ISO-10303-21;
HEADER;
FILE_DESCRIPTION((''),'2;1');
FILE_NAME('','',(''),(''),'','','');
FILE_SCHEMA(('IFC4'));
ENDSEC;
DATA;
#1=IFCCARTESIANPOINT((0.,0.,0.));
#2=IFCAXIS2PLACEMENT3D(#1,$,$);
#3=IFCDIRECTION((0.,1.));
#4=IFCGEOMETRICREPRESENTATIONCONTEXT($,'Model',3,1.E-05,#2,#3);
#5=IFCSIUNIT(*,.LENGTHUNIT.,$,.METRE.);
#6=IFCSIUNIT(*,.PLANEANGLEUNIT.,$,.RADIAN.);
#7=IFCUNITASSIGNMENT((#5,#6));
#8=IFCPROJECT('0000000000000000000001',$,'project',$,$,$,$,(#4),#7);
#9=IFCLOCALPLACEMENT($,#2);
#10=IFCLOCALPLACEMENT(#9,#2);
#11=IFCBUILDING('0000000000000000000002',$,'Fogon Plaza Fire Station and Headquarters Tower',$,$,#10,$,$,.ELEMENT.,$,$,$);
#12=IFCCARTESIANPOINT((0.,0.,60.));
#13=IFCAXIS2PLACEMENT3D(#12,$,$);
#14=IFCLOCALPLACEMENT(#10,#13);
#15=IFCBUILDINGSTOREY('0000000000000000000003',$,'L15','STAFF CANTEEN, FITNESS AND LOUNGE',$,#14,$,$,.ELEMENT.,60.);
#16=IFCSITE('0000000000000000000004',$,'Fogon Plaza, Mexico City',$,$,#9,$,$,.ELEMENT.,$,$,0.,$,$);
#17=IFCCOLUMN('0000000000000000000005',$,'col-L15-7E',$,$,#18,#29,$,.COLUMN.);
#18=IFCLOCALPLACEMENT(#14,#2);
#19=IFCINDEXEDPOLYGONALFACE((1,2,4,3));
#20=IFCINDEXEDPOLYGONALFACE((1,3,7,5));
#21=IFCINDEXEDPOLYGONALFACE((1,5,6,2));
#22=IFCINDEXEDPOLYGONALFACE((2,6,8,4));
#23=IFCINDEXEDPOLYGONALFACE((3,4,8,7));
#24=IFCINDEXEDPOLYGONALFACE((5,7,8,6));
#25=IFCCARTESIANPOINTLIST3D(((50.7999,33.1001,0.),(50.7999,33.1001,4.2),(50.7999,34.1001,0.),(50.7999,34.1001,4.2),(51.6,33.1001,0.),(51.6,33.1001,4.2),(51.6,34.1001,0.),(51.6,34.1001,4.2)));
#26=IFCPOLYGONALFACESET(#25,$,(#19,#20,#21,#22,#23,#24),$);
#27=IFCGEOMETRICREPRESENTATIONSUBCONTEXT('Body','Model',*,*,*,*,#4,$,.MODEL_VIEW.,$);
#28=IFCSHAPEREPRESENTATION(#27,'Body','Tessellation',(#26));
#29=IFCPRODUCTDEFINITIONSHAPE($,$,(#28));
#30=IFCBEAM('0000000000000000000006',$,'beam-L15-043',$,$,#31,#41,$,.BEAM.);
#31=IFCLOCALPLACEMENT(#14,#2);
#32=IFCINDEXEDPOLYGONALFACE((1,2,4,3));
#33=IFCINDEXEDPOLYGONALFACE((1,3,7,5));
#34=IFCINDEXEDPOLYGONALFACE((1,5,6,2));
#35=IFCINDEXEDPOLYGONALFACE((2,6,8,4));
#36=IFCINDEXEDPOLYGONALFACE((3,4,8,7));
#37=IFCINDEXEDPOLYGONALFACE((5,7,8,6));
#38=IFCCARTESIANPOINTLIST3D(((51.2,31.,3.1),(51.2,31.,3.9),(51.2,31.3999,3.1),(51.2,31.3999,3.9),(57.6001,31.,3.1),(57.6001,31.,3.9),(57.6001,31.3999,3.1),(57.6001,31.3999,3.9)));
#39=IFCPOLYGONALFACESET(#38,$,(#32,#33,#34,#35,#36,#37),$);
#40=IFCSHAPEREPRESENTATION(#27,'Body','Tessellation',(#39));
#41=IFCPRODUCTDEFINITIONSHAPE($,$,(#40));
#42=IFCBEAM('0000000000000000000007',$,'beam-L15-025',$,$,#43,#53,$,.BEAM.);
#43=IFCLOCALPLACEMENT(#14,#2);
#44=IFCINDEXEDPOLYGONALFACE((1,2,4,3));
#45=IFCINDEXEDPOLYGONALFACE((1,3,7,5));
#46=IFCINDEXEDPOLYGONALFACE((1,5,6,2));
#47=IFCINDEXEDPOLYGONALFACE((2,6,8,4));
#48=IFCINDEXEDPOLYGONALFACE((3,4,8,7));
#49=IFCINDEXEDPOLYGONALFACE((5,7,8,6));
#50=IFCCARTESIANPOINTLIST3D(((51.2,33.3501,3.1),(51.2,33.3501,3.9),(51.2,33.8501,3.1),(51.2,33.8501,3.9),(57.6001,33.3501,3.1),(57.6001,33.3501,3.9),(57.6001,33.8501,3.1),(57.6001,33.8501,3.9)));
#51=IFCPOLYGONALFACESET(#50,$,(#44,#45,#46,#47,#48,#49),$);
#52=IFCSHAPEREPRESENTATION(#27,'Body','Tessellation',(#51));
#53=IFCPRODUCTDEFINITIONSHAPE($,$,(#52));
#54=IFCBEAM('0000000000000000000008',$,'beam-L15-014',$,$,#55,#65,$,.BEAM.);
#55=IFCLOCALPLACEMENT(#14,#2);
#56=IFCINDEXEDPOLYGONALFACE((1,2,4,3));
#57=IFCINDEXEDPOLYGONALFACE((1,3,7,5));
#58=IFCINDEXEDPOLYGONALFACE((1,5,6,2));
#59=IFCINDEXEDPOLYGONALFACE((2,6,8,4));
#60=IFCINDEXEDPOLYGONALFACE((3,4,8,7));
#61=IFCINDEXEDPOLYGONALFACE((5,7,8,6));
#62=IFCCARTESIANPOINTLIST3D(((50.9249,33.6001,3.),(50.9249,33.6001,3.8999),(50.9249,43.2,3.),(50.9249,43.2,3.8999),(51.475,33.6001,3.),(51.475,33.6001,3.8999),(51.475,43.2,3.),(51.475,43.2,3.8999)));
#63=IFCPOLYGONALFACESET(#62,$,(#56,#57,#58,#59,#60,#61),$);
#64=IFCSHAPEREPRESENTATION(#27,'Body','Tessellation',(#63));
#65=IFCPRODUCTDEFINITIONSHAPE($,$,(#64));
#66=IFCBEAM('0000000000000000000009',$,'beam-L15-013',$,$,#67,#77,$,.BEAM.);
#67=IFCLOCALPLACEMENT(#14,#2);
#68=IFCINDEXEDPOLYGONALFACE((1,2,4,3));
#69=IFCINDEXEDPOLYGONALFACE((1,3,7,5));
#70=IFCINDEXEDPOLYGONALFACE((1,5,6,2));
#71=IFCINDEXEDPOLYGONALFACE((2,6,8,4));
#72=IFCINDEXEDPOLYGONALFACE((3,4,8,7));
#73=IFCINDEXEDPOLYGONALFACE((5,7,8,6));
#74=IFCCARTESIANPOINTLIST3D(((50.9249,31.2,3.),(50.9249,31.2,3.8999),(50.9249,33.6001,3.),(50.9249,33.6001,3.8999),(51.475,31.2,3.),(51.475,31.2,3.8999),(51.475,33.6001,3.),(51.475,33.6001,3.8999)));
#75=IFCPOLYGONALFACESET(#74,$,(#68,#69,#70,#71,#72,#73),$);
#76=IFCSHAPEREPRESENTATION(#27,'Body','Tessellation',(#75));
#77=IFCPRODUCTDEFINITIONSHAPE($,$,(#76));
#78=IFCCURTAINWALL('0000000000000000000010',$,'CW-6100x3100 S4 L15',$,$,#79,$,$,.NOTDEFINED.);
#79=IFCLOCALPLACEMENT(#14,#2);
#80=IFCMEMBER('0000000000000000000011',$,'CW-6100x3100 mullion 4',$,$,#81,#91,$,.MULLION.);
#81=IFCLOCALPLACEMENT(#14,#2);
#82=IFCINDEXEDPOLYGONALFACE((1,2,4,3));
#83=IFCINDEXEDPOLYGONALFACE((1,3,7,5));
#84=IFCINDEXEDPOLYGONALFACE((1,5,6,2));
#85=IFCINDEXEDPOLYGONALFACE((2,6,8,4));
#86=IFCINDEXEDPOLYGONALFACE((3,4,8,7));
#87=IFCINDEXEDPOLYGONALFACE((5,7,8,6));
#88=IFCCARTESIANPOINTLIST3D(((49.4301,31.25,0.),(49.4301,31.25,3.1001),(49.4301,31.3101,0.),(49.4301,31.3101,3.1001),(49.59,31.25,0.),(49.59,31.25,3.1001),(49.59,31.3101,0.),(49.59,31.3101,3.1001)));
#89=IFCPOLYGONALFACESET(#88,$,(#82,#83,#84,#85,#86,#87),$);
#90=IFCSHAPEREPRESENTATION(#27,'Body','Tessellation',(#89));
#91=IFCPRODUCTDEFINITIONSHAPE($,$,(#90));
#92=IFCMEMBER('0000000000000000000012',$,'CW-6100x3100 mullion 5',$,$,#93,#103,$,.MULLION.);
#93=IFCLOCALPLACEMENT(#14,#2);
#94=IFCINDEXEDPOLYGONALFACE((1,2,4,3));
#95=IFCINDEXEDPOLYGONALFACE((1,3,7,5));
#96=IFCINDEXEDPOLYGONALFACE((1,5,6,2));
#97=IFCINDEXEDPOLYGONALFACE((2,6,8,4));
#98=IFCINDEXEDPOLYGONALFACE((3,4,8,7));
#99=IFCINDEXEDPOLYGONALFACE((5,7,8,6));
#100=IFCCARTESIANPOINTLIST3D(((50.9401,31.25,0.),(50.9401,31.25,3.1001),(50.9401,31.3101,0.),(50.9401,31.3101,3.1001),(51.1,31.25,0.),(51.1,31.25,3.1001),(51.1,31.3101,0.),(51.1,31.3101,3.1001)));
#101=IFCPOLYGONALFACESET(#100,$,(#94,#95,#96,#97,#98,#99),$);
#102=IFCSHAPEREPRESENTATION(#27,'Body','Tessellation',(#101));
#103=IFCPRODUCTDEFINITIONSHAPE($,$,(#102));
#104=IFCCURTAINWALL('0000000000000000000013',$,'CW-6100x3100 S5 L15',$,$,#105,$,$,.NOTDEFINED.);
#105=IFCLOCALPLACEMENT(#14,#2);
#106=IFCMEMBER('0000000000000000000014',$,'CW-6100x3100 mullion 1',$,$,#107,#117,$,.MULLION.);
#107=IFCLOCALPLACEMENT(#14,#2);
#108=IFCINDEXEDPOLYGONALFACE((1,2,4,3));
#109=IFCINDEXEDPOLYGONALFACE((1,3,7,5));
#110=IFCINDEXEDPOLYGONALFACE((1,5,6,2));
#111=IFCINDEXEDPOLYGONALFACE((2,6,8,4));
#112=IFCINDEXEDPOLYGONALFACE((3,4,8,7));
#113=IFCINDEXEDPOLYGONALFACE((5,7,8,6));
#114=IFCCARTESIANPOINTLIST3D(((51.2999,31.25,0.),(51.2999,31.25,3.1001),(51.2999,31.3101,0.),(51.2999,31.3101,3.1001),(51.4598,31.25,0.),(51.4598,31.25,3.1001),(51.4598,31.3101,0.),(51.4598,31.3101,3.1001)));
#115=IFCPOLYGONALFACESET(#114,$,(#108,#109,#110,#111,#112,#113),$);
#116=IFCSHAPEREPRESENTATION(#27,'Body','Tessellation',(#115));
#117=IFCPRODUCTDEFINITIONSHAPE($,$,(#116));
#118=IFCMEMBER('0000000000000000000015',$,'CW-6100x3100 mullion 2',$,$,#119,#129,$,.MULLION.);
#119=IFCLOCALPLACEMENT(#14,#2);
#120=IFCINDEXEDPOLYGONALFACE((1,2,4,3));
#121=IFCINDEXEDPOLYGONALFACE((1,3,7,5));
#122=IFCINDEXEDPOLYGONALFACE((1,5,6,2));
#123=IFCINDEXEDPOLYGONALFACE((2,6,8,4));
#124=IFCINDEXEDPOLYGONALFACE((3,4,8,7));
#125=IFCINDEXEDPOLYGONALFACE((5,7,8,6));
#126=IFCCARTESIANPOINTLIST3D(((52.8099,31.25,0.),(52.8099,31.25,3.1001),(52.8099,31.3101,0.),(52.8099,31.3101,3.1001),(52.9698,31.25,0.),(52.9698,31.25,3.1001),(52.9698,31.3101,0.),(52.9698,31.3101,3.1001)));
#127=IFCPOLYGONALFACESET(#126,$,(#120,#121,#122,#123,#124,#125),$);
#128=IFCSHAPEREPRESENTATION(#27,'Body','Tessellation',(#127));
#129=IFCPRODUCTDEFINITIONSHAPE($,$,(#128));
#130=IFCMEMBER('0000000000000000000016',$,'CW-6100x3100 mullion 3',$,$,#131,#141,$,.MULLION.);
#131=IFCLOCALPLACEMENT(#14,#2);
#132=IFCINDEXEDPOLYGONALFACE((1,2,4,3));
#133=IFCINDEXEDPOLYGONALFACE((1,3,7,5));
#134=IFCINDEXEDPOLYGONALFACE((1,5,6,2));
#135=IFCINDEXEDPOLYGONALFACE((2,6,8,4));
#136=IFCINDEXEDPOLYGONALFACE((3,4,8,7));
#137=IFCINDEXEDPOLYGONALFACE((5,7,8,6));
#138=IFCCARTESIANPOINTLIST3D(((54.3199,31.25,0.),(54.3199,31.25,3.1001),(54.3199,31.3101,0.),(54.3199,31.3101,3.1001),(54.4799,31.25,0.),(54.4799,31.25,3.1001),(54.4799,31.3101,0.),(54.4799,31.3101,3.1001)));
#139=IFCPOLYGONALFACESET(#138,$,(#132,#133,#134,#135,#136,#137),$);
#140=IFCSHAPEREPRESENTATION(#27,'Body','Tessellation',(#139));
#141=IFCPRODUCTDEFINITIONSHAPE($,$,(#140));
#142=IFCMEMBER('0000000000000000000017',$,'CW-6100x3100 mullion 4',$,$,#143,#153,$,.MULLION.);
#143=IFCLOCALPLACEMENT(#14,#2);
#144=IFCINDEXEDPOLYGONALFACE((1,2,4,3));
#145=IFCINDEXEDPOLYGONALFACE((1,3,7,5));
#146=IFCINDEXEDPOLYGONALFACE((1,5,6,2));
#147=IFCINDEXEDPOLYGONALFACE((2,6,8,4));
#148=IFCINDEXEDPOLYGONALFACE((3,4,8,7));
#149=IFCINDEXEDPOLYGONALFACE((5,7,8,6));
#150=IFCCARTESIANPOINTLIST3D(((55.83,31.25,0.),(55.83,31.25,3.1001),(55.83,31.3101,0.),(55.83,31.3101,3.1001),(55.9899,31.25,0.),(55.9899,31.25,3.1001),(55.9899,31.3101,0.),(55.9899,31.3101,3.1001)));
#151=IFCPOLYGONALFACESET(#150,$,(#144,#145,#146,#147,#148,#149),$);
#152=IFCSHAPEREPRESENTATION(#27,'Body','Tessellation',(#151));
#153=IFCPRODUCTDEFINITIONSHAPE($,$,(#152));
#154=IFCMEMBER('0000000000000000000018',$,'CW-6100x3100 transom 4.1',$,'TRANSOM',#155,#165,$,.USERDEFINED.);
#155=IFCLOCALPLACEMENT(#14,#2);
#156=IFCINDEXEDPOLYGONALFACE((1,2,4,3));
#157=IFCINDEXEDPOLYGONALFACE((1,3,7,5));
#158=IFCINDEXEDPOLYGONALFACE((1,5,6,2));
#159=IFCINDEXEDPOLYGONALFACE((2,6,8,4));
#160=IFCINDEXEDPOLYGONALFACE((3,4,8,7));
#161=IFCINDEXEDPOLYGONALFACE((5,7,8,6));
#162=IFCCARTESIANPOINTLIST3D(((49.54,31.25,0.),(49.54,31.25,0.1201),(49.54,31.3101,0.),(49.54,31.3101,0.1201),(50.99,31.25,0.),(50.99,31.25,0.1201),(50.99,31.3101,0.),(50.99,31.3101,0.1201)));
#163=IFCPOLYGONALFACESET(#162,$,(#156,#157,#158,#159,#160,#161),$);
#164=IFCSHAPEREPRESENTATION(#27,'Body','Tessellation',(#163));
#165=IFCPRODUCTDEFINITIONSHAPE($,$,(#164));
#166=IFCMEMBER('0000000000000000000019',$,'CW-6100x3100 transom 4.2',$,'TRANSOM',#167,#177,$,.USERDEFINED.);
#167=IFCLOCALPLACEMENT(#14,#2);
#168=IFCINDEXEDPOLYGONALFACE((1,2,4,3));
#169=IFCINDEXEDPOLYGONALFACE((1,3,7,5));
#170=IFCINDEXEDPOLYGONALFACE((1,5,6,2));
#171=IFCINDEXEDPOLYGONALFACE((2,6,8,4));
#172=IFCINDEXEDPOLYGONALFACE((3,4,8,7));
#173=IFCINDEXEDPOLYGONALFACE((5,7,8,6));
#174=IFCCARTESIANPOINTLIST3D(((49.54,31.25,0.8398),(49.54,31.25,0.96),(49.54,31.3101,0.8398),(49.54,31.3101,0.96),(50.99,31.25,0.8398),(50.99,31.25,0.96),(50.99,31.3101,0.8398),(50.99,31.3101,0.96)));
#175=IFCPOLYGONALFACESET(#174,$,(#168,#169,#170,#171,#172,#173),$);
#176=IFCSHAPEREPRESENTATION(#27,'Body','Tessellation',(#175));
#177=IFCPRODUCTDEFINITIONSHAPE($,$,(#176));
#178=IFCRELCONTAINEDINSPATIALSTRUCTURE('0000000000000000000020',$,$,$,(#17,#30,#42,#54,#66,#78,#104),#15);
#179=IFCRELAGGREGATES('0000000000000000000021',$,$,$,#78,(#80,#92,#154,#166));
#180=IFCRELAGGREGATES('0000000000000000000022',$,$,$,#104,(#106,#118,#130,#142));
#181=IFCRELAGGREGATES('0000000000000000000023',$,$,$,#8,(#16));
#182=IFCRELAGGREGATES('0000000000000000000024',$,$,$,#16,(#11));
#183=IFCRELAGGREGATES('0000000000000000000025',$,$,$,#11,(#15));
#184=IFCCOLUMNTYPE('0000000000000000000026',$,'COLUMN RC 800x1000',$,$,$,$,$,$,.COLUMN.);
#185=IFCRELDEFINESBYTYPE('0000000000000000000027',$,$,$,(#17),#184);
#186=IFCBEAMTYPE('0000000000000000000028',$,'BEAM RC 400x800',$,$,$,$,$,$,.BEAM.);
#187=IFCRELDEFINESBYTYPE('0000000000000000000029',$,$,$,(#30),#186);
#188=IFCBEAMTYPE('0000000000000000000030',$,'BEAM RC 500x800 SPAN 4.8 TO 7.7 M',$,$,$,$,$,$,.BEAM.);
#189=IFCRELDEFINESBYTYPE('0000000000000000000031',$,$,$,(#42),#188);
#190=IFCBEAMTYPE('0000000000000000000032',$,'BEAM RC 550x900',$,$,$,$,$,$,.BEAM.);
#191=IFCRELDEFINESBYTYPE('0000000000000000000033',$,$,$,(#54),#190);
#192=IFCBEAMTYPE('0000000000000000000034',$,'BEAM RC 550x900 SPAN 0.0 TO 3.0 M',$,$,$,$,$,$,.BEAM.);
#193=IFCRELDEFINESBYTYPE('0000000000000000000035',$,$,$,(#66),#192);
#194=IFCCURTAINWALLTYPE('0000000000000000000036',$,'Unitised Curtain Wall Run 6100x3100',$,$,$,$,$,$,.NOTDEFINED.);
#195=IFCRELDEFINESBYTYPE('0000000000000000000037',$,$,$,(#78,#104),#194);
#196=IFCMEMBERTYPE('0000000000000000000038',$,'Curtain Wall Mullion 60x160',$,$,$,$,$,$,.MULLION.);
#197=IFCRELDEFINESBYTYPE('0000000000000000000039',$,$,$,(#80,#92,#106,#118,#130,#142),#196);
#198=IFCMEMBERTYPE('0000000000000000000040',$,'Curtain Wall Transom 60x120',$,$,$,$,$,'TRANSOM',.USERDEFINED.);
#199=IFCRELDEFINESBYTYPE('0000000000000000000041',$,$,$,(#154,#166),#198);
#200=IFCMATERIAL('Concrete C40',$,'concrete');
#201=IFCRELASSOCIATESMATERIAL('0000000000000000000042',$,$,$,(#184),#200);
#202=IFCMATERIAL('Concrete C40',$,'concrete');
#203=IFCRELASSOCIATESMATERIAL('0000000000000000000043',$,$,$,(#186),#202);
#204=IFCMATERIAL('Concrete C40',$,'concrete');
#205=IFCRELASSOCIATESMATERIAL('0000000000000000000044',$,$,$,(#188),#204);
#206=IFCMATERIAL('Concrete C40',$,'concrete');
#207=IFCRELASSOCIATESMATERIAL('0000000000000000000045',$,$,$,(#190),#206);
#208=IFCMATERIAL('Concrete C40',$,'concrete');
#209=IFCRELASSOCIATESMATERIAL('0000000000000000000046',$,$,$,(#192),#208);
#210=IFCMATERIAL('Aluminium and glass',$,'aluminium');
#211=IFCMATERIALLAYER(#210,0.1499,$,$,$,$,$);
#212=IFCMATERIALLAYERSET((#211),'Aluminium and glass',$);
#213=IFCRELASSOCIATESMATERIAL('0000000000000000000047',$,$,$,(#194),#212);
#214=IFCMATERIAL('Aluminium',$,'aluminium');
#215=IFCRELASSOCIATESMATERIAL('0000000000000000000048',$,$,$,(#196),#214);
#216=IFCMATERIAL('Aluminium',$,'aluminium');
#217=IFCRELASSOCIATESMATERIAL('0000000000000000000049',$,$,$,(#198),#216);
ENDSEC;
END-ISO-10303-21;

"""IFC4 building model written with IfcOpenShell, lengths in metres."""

from ifc_helpers import new_model, si_unit, direction, frame, origin, origin_2d, place, context, subcontext, project, spatial, rectangle, extrude, material, layer, layer_set, material_profile, profile_set, type_object, element, aggregate, save


model = new_model("IFC4")

# Units and contexts
model_context = context("Model", 3, precision=1e-05, world=origin(), true_north=direction((0.0, 1.0)))
body_context = subcontext(model_context, "Body", "Model", "MODEL_VIEW")
ifc_project = project(units=[si_unit("LENGTHUNIT", "METRE"), si_unit("PLANEANGLEUNIT", "RADIAN")], contexts=[model_context])

# Site, building, storey
site_placement = place(None, origin())
site = spatial("IfcSite", under=ifc_project, at=site_placement, Name="Fogon Plaza, Mexico City", CompositionType="ELEMENT", RefElevation=0.0)
building_placement = place(site_placement, origin())
building = spatial("IfcBuilding", under=site, at=building_placement, Name="Fogon Plaza Fire Station and Headquarters Tower", CompositionType="ELEMENT")
storey_placement = place(building_placement, frame((0.0, 0.0, 60.0)))
storey = spatial("IfcBuildingStorey", under=building, at=storey_placement, Name="L15", Description="STAFF CANTEEN, FITNESS AND LOUNGE", CompositionType="ELEMENT", Elevation=60.0)

# Column
ifc_material_1 = material(Name="Concrete C40", Category="concrete")
ifc_material_profile_1 = material_profile(ifc_material_1, rectangle(XDim=0.8, YDim=1.0, at=origin_2d()), Name="RC 800x1000")
ifc_profile_set_1 = profile_set([ifc_material_profile_1], Name="Concrete C40")
column_type = type_object("IfcColumnType", Name="COLUMN RC 800x1000", PredefinedType="COLUMN", material=ifc_profile_set_1)
column_placement = place(storey_placement, frame((51.2, 33.6001, 0.0), z_axis=(0.0, 0.0, 1.0), x_axis=(1.0, 0.0, 0.0)))
element("IfcColumn", 1, at=column_placement, inside=storey, type_object=column_type, Name="col-L15-7E", PredefinedType="COLUMN", context=body_context, shape_type="SweptSolid", body=[
    extrude(rectangle(XDim=0.8, YDim=1.0, at=origin_2d()), origin(), (0.0, 0.0, 1.0), 4.2),
])

# Beams
ifc_material_2 = material(Name="Concrete C40", Category="concrete")
ifc_material_profile_2 = material_profile(ifc_material_2, rectangle(XDim=0.3999, YDim=0.8, at=origin_2d()), Name="RC 400x800")
ifc_profile_set_2 = profile_set([ifc_material_profile_2], Name="Concrete C40")
beam_type_1 = type_object("IfcBeamType", Name="BEAM RC 400x800", PredefinedType="BEAM", material=ifc_profile_set_2)
beam_1_placement = place(storey_placement, frame((51.2, 31.2, 3.5), z_axis=(1.0, 0.0, 0.0), x_axis=(0.0, 1.0, 0.0)))
element("IfcBeam", 2, at=beam_1_placement, inside=storey, type_object=beam_type_1, Name="beam-L15-043", PredefinedType="BEAM", context=body_context, shape_type="SweptSolid", body=[
    extrude(rectangle(XDim=0.3999, YDim=0.8, at=origin_2d()), origin(), (0.0, 0.0, 1.0), 6.4001),
])
ifc_material_3 = material(Name="Concrete C40", Category="concrete")
ifc_material_profile_3 = material_profile(ifc_material_3, rectangle(XDim=0.5, YDim=0.8, at=origin_2d()), Name="RC 500x800")
ifc_profile_set_3 = profile_set([ifc_material_profile_3], Name="Concrete C40")
beam_type_2 = type_object("IfcBeamType", Name="BEAM RC 500x800 SPAN 4.8 TO 7.7 M", PredefinedType="BEAM", material=ifc_profile_set_3)
beam_2_placement = place(storey_placement, frame((51.2, 33.6001, 3.5), z_axis=(1.0, 0.0, 0.0), x_axis=(0.0, 1.0, 0.0)))
element("IfcBeam", 3, at=beam_2_placement, inside=storey, type_object=beam_type_2, Name="beam-L15-025", PredefinedType="BEAM", context=body_context, shape_type="SweptSolid", body=[
    extrude(rectangle(XDim=0.5, YDim=0.8, at=origin_2d()), origin(), (0.0, 0.0, 1.0), 6.4001),
])
ifc_material_4 = material(Name="Concrete C40", Category="concrete")
ifc_material_profile_4 = material_profile(ifc_material_4, rectangle(XDim=0.55, YDim=0.8999, at=origin_2d()), Name="RC 550x900")
ifc_profile_set_4 = profile_set([ifc_material_profile_4], Name="Concrete C40")
beam_type_3 = type_object("IfcBeamType", Name="BEAM RC 550x900", PredefinedType="BEAM", material=ifc_profile_set_4)
beam_3_placement = place(storey_placement, frame((51.2, 33.6001, 3.45), z_axis=(0.0, 1.0, 0.0), x_axis=(-1.0, 0.0, 0.0)))
element("IfcBeam", 4, at=beam_3_placement, inside=storey, type_object=beam_type_3, Name="beam-L15-014", PredefinedType="BEAM", context=body_context, shape_type="SweptSolid", body=[
    extrude(rectangle(XDim=0.55, YDim=0.8999, at=origin_2d()), origin(), (0.0, 0.0, 1.0), 9.5999),
])
ifc_material_5 = material(Name="Concrete C40", Category="concrete")
ifc_material_profile_5 = material_profile(ifc_material_5, rectangle(XDim=0.55, YDim=0.8999, at=origin_2d()), Name="RC 550x900")
ifc_profile_set_5 = profile_set([ifc_material_profile_5], Name="Concrete C40")
beam_type_4 = type_object("IfcBeamType", Name="BEAM RC 550x900 SPAN 0.0 TO 3.0 M", PredefinedType="BEAM", material=ifc_profile_set_5)
beam_4_placement = place(storey_placement, frame((51.2, 31.2, 3.45), z_axis=(0.0, 1.0, 0.0), x_axis=(-1.0, 0.0, 0.0)))
element("IfcBeam", 5, at=beam_4_placement, inside=storey, type_object=beam_type_4, Name="beam-L15-013", PredefinedType="BEAM", context=body_context, shape_type="SweptSolid", body=[
    extrude(rectangle(XDim=0.55, YDim=0.8999, at=origin_2d()), origin(), (0.0, 0.0, 1.0), 2.4001),
])

# Curtain walls, members
ifc_material_6 = material(Name="Aluminium and glass", Category="aluminium")
ifc_layer_1 = layer(ifc_material_6, 0.1499)
ifc_layer_set_1 = layer_set([ifc_layer_1], Name="Aluminium and glass")
curtain_wall_type = type_object("IfcCurtainWallType", Name="Unitised Curtain Wall Run 6100x3100", PredefinedType="NOTDEFINED", material=ifc_layer_set_1)
curtain_wall_1_placement = place(storey_placement, origin())
curtain_wall_1 = element("IfcCurtainWall", 6, at=curtain_wall_1_placement, inside=storey, type_object=curtain_wall_type, Name="CW-6100x3100 S4 L15", PredefinedType="NOTDEFINED")
ifc_material_7 = material(Name="Aluminium", Category="aluminium")
ifc_material_profile_6 = material_profile(ifc_material_7, rectangle(XDim=0.0601, YDim=0.1599, at=origin_2d()), Name="Curtain Wall Mullion 60x160")
ifc_profile_set_6 = profile_set([ifc_material_profile_6], Name="Aluminium")
member_type_1 = type_object("IfcMemberType", Name="Curtain Wall Mullion 60x160", PredefinedType="MULLION", material=ifc_profile_set_6)
member_1_placement = place(storey_placement, frame((49.51, 31.28, 0.0), z_axis=(0.0, 0.0, 1.0), x_axis=(0.0, 1.0, 0.0)))
member_1 = element("IfcMember", 7, at=member_1_placement, type_object=member_type_1, Name="CW-6100x3100 mullion 4", PredefinedType="MULLION", context=body_context, shape_type="SweptSolid", body=[
    extrude(rectangle(XDim=0.0601, YDim=0.1599, at=origin_2d()), origin(), (0.0, 0.0, 1.0), 3.1001),
])
member_2_placement = place(storey_placement, frame((51.02, 31.28, 0.0), z_axis=(0.0, 0.0, 1.0), x_axis=(0.0, 1.0, 0.0)))
member_2 = element("IfcMember", 8, at=member_2_placement, type_object=member_type_1, Name="CW-6100x3100 mullion 5", PredefinedType="MULLION", context=body_context, shape_type="SweptSolid", body=[
    extrude(rectangle(XDim=0.0601, YDim=0.1599, at=origin_2d()), origin(), (0.0, 0.0, 1.0), 3.1001),
])
curtain_wall_2_placement = place(storey_placement, origin())
curtain_wall_2 = element("IfcCurtainWall", 9, at=curtain_wall_2_placement, inside=storey, type_object=curtain_wall_type, Name="CW-6100x3100 S5 L15", PredefinedType="NOTDEFINED")
member_3_placement = place(storey_placement, frame((51.3799, 31.28, 0.0), z_axis=(0.0, 0.0, 1.0), x_axis=(0.0, 1.0, 0.0)))
member_3 = element("IfcMember", 10, at=member_3_placement, type_object=member_type_1, Name="CW-6100x3100 mullion 1", PredefinedType="MULLION", context=body_context, shape_type="SweptSolid", body=[
    extrude(rectangle(XDim=0.0601, YDim=0.1599, at=origin_2d()), origin(), (0.0, 0.0, 1.0), 3.1001),
])
member_4_placement = place(storey_placement, frame((52.8899, 31.28, 0.0), z_axis=(0.0, 0.0, 1.0), x_axis=(0.0, 1.0, 0.0)))
member_4 = element("IfcMember", 11, at=member_4_placement, type_object=member_type_1, Name="CW-6100x3100 mullion 2", PredefinedType="MULLION", context=body_context, shape_type="SweptSolid", body=[
    extrude(rectangle(XDim=0.0601, YDim=0.1599, at=origin_2d()), origin(), (0.0, 0.0, 1.0), 3.1001),
])
member_5_placement = place(storey_placement, frame((54.3999, 31.28, 0.0), z_axis=(0.0, 0.0, 1.0), x_axis=(0.0, 1.0, 0.0)))
member_5 = element("IfcMember", 12, at=member_5_placement, type_object=member_type_1, Name="CW-6100x3100 mullion 3", PredefinedType="MULLION", context=body_context, shape_type="SweptSolid", body=[
    extrude(rectangle(XDim=0.0601, YDim=0.1599, at=origin_2d()), origin(), (0.0, 0.0, 1.0), 3.1001),
])
member_6_placement = place(storey_placement, frame((55.9099, 31.28, 0.0), z_axis=(0.0, 0.0, 1.0), x_axis=(0.0, 1.0, 0.0)))
member_6 = element("IfcMember", 13, at=member_6_placement, type_object=member_type_1, Name="CW-6100x3100 mullion 4", PredefinedType="MULLION", context=body_context, shape_type="SweptSolid", body=[
    extrude(rectangle(XDim=0.0601, YDim=0.1599, at=origin_2d()), origin(), (0.0, 0.0, 1.0), 3.1001),
])

# Members
ifc_material_8 = material(Name="Aluminium", Category="aluminium")
ifc_material_profile_7 = material_profile(ifc_material_8, rectangle(XDim=0.0601, YDim=0.1201, at=origin_2d()), Name="Curtain Wall Transom 60x120")
ifc_profile_set_7 = profile_set([ifc_material_profile_7], Name="Aluminium")
member_type_2 = type_object("IfcMemberType", Name="Curtain Wall Transom 60x120", ElementType="TRANSOM", PredefinedType="USERDEFINED", material=ifc_profile_set_7)
member_7_placement = place(storey_placement, frame((49.54, 31.28, 0.0601), z_axis=(1.0, 0.0, 0.0), x_axis=(0.0, 1.0, 0.0)))
member_7 = element("IfcMember", 14, at=member_7_placement, type_object=member_type_2, Name="CW-6100x3100 transom 4.1", ObjectType="TRANSOM", PredefinedType="USERDEFINED", context=body_context, shape_type="SweptSolid", body=[
    extrude(rectangle(XDim=0.0601, YDim=0.1201, at=origin_2d()), origin(), (0.0, 0.0, 1.0), 1.45),
])
member_8_placement = place(storey_placement, frame((49.54, 31.28, 0.8999), z_axis=(1.0, 0.0, 0.0), x_axis=(0.0, 1.0, 0.0)))
member_8 = element("IfcMember", 15, at=member_8_placement, type_object=member_type_2, Name="CW-6100x3100 transom 4.2", ObjectType="TRANSOM", PredefinedType="USERDEFINED", context=body_context, shape_type="SweptSolid", body=[
    extrude(rectangle(XDim=0.0601, YDim=0.1201, at=origin_2d()), origin(), (0.0, 0.0, 1.0), 1.45),
])

aggregate(curtain_wall_1, [member_1, member_2, member_7, member_8])
aggregate(curtain_wall_2, [member_3, member_4, member_5, member_6])

save(model, "model.ifc")
